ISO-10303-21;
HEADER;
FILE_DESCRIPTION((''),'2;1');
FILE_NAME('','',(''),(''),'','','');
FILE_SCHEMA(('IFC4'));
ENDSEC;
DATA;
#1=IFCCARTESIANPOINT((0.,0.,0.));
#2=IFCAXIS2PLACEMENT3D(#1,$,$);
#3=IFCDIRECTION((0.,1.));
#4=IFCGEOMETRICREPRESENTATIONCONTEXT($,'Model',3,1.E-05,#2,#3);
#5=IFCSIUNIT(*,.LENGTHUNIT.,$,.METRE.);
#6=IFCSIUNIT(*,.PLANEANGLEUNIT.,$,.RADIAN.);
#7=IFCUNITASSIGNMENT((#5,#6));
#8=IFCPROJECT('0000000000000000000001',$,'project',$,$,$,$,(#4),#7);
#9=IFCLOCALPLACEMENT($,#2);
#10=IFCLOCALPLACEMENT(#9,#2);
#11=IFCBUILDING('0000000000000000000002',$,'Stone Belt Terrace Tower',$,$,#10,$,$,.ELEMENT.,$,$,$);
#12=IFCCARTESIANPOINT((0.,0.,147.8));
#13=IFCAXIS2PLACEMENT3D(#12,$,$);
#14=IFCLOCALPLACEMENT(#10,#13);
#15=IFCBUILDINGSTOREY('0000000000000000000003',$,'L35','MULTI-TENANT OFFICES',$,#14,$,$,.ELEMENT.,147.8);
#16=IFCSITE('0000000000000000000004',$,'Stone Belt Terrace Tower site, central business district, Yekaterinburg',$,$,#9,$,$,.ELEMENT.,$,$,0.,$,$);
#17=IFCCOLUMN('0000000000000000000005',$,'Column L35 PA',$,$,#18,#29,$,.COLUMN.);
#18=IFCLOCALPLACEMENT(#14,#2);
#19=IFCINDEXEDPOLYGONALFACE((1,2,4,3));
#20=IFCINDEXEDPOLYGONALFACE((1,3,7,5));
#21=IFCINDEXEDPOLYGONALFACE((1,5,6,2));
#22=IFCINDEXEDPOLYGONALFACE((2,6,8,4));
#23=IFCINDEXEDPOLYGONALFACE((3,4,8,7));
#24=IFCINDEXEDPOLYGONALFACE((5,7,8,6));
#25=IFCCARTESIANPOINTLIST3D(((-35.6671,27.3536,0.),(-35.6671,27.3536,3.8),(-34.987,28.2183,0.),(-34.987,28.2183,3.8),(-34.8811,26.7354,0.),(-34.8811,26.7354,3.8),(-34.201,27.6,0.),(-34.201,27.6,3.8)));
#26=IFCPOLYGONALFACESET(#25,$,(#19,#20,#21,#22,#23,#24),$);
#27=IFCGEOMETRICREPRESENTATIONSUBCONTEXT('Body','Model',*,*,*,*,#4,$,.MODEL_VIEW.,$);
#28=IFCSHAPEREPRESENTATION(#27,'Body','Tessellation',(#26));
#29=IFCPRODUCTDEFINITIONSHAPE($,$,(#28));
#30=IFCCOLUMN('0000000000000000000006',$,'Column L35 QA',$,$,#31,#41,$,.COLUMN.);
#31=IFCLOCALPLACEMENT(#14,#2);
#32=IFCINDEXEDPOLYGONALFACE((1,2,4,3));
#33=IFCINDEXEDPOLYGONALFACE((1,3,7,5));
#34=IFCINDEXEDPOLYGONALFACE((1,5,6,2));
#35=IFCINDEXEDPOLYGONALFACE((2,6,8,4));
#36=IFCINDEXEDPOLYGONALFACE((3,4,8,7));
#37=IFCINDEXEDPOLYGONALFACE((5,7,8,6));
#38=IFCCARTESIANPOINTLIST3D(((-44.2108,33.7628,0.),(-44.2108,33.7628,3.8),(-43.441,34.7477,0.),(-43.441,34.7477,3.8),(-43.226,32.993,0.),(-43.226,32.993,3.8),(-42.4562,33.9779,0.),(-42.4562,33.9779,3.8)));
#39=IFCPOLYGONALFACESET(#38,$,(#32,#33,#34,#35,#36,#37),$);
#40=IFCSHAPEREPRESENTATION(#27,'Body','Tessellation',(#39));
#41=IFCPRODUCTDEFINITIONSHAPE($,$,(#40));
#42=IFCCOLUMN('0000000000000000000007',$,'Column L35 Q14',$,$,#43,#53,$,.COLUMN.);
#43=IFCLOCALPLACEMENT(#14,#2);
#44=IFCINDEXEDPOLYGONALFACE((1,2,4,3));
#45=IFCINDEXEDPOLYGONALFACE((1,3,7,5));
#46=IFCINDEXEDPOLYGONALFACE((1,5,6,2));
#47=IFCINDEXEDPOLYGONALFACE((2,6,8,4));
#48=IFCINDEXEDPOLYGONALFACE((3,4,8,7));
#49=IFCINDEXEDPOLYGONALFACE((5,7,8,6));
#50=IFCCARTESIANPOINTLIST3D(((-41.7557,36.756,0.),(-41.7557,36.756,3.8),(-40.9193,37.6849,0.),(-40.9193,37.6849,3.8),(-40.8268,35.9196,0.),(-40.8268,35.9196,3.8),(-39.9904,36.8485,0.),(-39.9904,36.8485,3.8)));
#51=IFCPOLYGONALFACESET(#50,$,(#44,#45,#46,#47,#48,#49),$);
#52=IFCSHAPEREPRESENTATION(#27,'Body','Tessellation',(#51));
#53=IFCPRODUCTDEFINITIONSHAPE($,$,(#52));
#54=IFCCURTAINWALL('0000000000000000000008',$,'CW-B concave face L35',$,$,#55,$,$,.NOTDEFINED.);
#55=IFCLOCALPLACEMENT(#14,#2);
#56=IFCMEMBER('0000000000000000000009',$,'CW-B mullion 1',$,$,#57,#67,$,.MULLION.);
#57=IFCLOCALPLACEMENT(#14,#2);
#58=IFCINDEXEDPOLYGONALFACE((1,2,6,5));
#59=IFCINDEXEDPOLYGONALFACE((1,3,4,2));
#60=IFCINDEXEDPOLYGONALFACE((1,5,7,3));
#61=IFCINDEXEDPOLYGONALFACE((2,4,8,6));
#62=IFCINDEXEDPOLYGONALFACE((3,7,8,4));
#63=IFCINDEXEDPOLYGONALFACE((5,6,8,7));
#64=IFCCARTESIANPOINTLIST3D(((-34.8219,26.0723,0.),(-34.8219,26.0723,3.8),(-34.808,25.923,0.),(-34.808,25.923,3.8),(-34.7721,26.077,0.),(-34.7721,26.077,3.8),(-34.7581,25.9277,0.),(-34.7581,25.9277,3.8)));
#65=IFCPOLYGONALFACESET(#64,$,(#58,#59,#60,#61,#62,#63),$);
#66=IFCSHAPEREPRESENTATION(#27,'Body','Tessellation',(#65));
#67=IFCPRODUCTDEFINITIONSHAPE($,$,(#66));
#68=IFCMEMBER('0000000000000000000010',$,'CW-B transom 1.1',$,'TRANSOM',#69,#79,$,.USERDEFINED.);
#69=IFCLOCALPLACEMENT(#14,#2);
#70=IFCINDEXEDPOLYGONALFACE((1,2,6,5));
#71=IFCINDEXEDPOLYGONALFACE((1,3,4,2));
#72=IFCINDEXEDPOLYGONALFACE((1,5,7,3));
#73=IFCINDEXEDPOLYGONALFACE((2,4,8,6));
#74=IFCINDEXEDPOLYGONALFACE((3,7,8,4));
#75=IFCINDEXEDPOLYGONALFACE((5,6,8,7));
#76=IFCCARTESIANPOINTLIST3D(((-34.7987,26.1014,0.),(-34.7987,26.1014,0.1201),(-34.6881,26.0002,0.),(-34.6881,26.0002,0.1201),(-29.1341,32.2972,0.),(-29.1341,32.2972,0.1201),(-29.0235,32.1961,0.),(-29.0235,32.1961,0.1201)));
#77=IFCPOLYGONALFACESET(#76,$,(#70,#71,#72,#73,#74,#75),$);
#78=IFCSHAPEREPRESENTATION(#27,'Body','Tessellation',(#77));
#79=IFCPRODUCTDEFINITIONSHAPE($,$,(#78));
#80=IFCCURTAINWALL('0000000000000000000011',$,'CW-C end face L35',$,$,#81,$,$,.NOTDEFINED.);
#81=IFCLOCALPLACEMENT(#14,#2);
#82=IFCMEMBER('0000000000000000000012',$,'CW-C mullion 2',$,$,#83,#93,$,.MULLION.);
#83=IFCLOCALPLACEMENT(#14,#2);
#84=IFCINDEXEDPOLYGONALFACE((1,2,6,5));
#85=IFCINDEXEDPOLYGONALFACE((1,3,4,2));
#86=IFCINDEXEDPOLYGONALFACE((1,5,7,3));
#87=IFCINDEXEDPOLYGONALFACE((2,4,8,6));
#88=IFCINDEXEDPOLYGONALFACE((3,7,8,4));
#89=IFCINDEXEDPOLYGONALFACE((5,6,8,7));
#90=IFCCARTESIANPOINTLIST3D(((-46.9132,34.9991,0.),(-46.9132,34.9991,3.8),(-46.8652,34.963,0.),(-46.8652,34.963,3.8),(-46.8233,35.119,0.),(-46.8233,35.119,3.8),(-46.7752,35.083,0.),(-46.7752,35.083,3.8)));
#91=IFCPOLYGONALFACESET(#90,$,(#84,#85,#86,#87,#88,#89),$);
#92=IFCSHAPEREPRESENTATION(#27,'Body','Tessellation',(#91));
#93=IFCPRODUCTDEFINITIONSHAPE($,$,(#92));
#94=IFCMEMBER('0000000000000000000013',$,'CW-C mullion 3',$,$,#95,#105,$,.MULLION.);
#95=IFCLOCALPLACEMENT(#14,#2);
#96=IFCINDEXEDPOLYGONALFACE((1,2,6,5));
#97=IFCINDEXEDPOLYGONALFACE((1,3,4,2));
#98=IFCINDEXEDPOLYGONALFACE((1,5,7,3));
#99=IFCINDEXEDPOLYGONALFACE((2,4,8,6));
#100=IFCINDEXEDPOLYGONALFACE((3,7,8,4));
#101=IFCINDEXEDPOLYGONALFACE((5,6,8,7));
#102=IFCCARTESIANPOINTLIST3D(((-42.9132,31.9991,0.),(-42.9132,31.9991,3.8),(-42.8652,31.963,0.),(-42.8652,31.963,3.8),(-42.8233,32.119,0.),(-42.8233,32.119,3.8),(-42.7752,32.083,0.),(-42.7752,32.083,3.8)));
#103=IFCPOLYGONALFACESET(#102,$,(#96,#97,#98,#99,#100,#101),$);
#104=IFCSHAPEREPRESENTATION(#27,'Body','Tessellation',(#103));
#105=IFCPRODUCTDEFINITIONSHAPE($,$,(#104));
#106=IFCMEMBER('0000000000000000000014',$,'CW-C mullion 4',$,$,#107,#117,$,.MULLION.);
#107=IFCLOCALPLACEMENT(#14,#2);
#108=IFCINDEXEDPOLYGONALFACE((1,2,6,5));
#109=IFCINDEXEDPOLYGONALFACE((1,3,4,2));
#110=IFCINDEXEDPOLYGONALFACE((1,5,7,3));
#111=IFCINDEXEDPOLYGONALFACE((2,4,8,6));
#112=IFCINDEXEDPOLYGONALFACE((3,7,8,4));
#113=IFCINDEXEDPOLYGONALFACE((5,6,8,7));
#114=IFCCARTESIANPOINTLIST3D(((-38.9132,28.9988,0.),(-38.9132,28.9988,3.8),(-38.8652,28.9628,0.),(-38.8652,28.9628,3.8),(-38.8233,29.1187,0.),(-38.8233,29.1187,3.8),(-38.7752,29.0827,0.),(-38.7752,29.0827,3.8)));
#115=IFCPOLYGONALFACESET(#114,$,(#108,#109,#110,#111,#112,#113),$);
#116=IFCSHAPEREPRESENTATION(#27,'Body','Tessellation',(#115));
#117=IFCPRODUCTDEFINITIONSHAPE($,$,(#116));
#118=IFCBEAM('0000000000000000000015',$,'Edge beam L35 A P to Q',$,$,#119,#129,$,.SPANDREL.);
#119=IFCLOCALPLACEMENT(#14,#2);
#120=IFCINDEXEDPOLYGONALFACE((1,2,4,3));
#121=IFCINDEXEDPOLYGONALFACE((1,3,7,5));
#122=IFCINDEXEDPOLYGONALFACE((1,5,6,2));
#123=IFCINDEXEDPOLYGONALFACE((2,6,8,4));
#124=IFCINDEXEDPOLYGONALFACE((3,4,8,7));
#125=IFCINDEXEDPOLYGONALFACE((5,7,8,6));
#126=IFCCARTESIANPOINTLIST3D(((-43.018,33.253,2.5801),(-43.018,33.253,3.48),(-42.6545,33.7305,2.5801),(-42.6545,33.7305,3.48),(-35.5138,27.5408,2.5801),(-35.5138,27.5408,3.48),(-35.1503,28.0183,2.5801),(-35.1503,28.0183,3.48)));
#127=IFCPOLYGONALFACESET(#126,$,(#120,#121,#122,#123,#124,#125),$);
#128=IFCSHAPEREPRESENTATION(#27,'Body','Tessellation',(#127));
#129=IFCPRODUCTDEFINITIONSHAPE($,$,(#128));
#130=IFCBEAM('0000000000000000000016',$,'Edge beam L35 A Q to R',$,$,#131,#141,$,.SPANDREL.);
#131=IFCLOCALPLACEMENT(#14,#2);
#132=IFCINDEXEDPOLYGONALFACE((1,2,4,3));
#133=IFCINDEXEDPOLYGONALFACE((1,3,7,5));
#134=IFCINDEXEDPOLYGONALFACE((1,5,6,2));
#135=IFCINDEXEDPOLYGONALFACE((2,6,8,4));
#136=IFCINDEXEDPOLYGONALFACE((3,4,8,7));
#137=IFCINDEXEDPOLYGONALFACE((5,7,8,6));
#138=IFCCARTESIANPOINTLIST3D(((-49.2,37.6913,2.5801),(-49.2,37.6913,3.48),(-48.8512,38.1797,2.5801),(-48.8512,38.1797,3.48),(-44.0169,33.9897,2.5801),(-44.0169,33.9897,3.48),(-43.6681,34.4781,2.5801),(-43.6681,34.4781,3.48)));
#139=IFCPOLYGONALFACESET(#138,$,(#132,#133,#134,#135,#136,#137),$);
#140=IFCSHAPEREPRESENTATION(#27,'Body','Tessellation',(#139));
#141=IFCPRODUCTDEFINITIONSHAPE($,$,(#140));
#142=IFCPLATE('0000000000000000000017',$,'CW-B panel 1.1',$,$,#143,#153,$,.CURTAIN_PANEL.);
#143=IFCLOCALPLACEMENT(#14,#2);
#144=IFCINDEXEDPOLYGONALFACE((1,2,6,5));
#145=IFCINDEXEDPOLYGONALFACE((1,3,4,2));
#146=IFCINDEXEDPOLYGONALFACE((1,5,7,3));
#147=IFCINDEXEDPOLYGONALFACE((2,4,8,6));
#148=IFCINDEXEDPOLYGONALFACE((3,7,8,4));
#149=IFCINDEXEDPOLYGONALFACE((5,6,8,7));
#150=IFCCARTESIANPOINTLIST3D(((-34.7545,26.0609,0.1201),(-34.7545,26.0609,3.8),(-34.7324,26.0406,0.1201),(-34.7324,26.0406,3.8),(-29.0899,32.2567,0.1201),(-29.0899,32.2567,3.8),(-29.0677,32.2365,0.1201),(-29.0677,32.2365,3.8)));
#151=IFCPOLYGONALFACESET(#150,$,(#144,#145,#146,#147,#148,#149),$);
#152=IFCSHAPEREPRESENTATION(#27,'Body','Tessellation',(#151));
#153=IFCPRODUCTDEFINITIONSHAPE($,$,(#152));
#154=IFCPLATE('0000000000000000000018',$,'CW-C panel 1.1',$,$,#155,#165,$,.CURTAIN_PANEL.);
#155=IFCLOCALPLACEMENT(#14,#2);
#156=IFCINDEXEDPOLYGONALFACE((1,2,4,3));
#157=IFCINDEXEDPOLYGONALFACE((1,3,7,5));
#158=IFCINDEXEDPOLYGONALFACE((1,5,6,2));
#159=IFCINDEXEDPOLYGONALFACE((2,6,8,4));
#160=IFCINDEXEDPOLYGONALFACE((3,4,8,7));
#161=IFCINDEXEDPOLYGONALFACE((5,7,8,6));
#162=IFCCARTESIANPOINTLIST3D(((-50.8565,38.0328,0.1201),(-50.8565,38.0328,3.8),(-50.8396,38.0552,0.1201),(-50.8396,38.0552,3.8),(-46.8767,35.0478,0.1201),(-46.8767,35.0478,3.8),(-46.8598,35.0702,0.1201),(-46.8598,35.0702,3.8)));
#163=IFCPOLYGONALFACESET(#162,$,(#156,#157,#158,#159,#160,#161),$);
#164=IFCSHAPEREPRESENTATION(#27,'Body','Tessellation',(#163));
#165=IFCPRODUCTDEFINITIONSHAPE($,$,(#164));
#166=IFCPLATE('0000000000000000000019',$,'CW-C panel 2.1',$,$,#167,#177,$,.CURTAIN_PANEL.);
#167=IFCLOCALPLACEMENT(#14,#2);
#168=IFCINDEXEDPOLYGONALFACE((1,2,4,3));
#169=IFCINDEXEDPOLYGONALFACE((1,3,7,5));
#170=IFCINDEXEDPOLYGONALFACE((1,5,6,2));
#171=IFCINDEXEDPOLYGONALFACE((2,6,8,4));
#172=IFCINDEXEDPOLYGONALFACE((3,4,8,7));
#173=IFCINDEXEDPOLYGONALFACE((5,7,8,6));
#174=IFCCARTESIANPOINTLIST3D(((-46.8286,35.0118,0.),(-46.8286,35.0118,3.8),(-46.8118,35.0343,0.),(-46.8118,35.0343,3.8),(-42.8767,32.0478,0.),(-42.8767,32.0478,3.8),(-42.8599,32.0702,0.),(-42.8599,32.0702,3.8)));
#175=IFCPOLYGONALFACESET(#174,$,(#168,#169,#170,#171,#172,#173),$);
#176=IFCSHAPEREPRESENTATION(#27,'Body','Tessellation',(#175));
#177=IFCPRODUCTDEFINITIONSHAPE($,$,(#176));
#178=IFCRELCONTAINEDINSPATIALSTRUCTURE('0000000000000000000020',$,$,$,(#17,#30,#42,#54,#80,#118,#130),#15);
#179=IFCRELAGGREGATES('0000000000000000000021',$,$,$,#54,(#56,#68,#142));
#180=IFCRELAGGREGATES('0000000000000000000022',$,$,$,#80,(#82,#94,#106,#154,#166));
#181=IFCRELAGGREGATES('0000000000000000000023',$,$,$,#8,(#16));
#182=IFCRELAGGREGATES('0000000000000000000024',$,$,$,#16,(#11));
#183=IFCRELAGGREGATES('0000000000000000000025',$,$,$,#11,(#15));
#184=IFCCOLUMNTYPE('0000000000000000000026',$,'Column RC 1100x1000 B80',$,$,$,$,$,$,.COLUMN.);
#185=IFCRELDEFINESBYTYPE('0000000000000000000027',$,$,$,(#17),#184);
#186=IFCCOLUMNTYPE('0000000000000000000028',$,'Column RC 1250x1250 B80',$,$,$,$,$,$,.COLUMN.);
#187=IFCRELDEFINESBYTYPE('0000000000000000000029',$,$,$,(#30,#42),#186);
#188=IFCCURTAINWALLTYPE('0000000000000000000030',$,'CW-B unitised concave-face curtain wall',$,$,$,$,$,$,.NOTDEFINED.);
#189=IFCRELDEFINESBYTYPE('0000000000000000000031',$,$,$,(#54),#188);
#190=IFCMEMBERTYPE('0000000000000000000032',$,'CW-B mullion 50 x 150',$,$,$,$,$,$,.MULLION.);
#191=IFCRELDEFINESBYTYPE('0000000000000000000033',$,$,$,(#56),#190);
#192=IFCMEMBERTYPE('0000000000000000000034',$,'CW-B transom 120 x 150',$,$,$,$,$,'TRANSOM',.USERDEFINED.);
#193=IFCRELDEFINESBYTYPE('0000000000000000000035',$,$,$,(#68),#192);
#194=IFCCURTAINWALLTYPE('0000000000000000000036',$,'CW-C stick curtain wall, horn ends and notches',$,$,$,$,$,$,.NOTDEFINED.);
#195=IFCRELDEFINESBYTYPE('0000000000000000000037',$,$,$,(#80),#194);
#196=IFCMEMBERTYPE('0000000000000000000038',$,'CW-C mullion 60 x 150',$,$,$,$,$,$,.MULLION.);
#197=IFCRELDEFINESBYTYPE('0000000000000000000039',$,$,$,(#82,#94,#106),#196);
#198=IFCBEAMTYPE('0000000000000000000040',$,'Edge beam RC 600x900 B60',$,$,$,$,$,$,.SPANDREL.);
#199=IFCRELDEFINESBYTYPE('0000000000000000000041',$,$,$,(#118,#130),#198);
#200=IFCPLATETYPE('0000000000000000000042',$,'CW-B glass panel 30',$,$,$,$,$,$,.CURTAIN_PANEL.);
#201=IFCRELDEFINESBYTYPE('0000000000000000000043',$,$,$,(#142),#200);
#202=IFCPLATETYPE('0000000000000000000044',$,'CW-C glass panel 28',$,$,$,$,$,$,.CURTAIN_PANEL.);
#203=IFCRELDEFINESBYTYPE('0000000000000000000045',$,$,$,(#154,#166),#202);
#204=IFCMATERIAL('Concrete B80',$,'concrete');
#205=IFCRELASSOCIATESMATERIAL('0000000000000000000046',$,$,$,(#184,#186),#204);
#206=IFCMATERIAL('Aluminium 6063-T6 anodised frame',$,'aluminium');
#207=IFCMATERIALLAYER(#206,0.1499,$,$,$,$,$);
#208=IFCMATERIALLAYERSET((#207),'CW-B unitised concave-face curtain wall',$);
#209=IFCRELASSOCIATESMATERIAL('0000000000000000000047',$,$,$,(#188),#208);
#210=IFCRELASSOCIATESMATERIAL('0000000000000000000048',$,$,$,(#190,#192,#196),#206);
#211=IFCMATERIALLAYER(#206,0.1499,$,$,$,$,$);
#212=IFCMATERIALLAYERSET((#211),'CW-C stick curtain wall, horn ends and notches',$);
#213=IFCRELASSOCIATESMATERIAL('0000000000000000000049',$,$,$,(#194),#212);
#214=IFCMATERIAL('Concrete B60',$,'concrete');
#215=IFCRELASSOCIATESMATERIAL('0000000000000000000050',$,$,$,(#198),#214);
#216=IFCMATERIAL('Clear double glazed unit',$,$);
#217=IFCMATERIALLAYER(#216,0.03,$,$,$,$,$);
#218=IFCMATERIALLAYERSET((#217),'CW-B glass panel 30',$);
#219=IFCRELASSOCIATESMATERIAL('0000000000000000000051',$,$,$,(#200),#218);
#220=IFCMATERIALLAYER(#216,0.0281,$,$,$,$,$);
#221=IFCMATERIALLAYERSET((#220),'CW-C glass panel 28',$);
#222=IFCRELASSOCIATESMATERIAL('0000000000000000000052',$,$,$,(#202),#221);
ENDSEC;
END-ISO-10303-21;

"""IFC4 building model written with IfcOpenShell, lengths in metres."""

from ifc_helpers import new_model, si_unit, direction, frame, origin, origin_2d, place, context, subcontext, project, spatial, rectangle, extrude, material, layer, layer_set, material_profile, profile_set, type_object, element, aggregate, save


model = new_model("IFC4")

# Units and contexts
model_context = context("Model", 3, precision=1e-05, world=origin(), true_north=direction((0.0, 1.0)))
body_context = subcontext(model_context, "Body", "Model", "MODEL_VIEW")
ifc_project = project(units=[si_unit("LENGTHUNIT", "METRE"), si_unit("PLANEANGLEUNIT", "RADIAN")], contexts=[model_context])

# Site, building, storey
site_placement = place(None, origin())
site = spatial("IfcSite", under=ifc_project, at=site_placement, Name="Stone Belt Terrace Tower site, central business district, Yekaterinburg", CompositionType="ELEMENT", RefElevation=0.0)
building_placement = place(site_placement, origin())
building = spatial("IfcBuilding", under=site, at=building_placement, Name="Stone Belt Terrace Tower", CompositionType="ELEMENT")
storey_placement = place(building_placement, frame((0.0, 0.0, 147.8)))
storey = spatial("IfcBuildingStorey", under=building, at=storey_placement, Name="L35", Description="MULTI-TENANT OFFICES", CompositionType="ELEMENT", Elevation=147.8)

# Columns
ifc_material_1 = material(Name="Concrete B80", Category="concrete")
ifc_material_profile_1 = material_profile(ifc_material_1, rectangle(XDim=1.1001, YDim=1.0, at=origin_2d()), Name="RC 1100x1000")
ifc_profile_set_1 = profile_set([ifc_material_profile_1], Name="Concrete B80")
column_type_1 = type_object("IfcColumnType", Name="Column RC 1100x1000 B80", PredefinedType="COLUMN", material=ifc_profile_set_1)
column_placement = place(storey_placement, frame((-34.9341, 27.4768, 0.0), z_axis=(0.0, 0.0, 1.0), x_axis=(0.618218, 0.786007, 0.0)))
element("IfcColumn", 1, at=column_placement, inside=storey, type_object=column_type_1, Name="Column L35 PA", PredefinedType="COLUMN", context=body_context, shape_type="SweptSolid", body=[
    extrude(rectangle(XDim=1.1001, YDim=1.0, at=origin_2d()), origin(), (0.0, 0.0, 1.0), 3.8),
])
ifc_material_profile_2 = material_profile(ifc_material_1, rectangle(XDim=1.25, YDim=1.25, at=origin_2d()), Name="RC 1250x1250")
ifc_profile_set_2 = profile_set([ifc_material_profile_2], Name="Concrete B80")
column_type_2 = type_object("IfcColumnType", Name="Column RC 1250x1250 B80", PredefinedType="COLUMN", material=ifc_profile_set_2)
for number, where, z_axis, x_axis, name in (
    (2, (-43.3335, 33.8704, 0.0), (0.0, 0.0, 1.0), (0.615825, 0.787883, 0.0), "Column L35 QA"),
    (3, (-40.873, 36.8022, 0.0), (0.0, 0.0, 1.0), (0.669131, 0.743145, 0.0), "Column L35 Q14"),
):
    element("IfcColumn", number, at=place(storey_placement, frame(where, z_axis=z_axis, x_axis=x_axis)), inside=storey, type_object=column_type_2, Name=name, PredefinedType="COLUMN", context=body_context, shape_type="SweptSolid", body=[
        extrude(rectangle(XDim=1.25, YDim=1.25, at=origin_2d()), origin(), (0.0, 0.0, 1.0), 3.8),
    ])

# Curtain walls, members
ifc_material_2 = material(Name="Aluminium 6063-T6 anodised frame", Category="aluminium")
ifc_layer_1 = layer(ifc_material_2, 0.1499)
ifc_layer_set_1 = layer_set([ifc_layer_1], Name="CW-B unitised concave-face curtain wall")
curtain_wall_type_1 = type_object("IfcCurtainWallType", Name="CW-B unitised concave-face curtain wall", PredefinedType="NOTDEFINED", material=ifc_layer_set_1)
curtain_wall_1_placement = place(storey_placement, origin())
curtain_wall_1 = element("IfcCurtainWall", 4, at=curtain_wall_1_placement, inside=storey, type_object=curtain_wall_type_1, Name="CW-B concave face L35", PredefinedType="NOTDEFINED")
ifc_material_profile_3 = material_profile(ifc_material_2, rectangle(XDim=0.1499, YDim=0.05, at=origin_2d()), Name="Aluminium 6063-T6 50x150")
ifc_profile_set_3 = profile_set([ifc_material_profile_3], Name="Aluminium 6063-T6 anodised frame")
member_type_1 = type_object("IfcMemberType", Name="CW-B mullion 50 x 150", PredefinedType="MULLION", material=ifc_profile_set_3)
member_1_placement = place(storey_placement, frame((-34.79, 26.0, 0.0), z_axis=(0.0, 0.0, 1.0), x_axis=(-0.093181, 0.995649, 0.0)))
member_1 = element("IfcMember", 5, at=member_1_placement, type_object=member_type_1, Name="CW-B mullion 1", PredefinedType="MULLION", context=body_context, shape_type="SweptSolid", body=[
    extrude(rectangle(XDim=0.1499, YDim=0.05, at=origin_2d()), origin(), (0.0, 0.0, 1.0), 3.8),
])
ifc_material_profile_4 = material_profile(ifc_material_2, rectangle(XDim=0.1499, YDim=0.1201, at=origin_2d()), Name="Aluminium 6063-T6 150x120")
ifc_profile_set_4 = profile_set([ifc_material_profile_4], Name="Aluminium 6063-T6 anodised frame")
member_type_2 = type_object("IfcMemberType", Name="CW-B transom 120 x 150", ElementType="TRANSOM", PredefinedType="USERDEFINED", material=ifc_profile_set_4)
member_2_placement = place(storey_placement, frame((-34.7434, 26.0508, 0.0601), z_axis=(0.674757, 0.73804, 0.0), x_axis=(-0.73804, 0.674757, 0.0)))
member_2 = element("IfcMember", 6, at=member_2_placement, type_object=member_type_2, Name="CW-B transom 1.1", ObjectType="TRANSOM", PredefinedType="USERDEFINED", context=body_context, shape_type="SweptSolid", body=[
    extrude(rectangle(XDim=0.1499, YDim=0.1201, at=origin_2d()), origin(), (0.0, 0.0, 1.0), 8.395),
])
ifc_layer_2 = layer(ifc_material_2, 0.1499)
ifc_layer_set_2 = layer_set([ifc_layer_2], Name="CW-C stick curtain wall, horn ends and notches")
curtain_wall_type_2 = type_object("IfcCurtainWallType", Name="CW-C stick curtain wall, horn ends and notches", PredefinedType="NOTDEFINED", material=ifc_layer_set_2)
curtain_wall_2_placement = place(storey_placement, origin())
curtain_wall_2 = element("IfcCurtainWall", 7, at=curtain_wall_2_placement, inside=storey, type_object=curtain_wall_type_2, Name="CW-C end face L35", PredefinedType="NOTDEFINED")
ifc_material_profile_5 = material_profile(ifc_material_2, rectangle(XDim=0.1499, YDim=0.0601, at=origin_2d()), Name="Aluminium 6063-T6 60x150")
ifc_profile_set_5 = profile_set([ifc_material_profile_5], Name="Aluminium 6063-T6 anodised frame")
member_type_3 = type_object("IfcMemberType", Name="CW-C mullion 60 x 150", PredefinedType="MULLION", material=ifc_profile_set_5)
member_3_placement = place(storey_placement, frame((-46.8442, 35.041, 0.0), z_axis=(0.0, 0.0, 1.0), x_axis=(0.600018, 0.799987, 0.0)))
member_3 = element("IfcMember", 8, at=member_3_placement, type_object=member_type_3, Name="CW-C mullion 2", PredefinedType="MULLION", context=body_context, shape_type="SweptSolid", body=[
    extrude(rectangle(XDim=0.1499, YDim=0.0601, at=origin_2d()), origin(), (0.0, 0.0, 1.0), 3.8),
])
member_4_placement = place(storey_placement, frame((-42.8442, 32.041, 0.0), z_axis=(0.0, 0.0, 1.0), x_axis=(0.600018, 0.799987, 0.0)))
member_4 = element("IfcMember", 9, at=member_4_placement, type_object=member_type_3, Name="CW-C mullion 3", PredefinedType="MULLION", context=body_context, shape_type="SweptSolid", body=[
    extrude(rectangle(XDim=0.1499, YDim=0.0601, at=origin_2d()), origin(), (0.0, 0.0, 1.0), 3.8),
])
member_5_placement = place(storey_placement, frame((-38.8442, 29.0408, 0.0), z_axis=(0.0, 0.0, 1.0), x_axis=(0.600018, 0.799987, 0.0)))
member_5 = element("IfcMember", 10, at=member_5_placement, type_object=member_type_3, Name="CW-C mullion 4", PredefinedType="MULLION", context=body_context, shape_type="SweptSolid", body=[
    extrude(rectangle(XDim=0.1499, YDim=0.0601, at=origin_2d()), origin(), (0.0, 0.0, 1.0), 3.8),
])

# Beams
ifc_material_3 = material(Name="Concrete B60", Category="concrete")
ifc_material_profile_6 = material_profile(ifc_material_3, rectangle(XDim=0.6001, YDim=0.8999, at=origin_2d()), Name="RC 600x900")
ifc_profile_set_6 = profile_set([ifc_material_profile_6], Name="Concrete B60")
beam_type = type_object("IfcBeamType", Name="Edge beam RC 600x900 B60", PredefinedType="SPANDREL", material=ifc_profile_set_6)
beam_1_placement = place(storey_placement, frame((-35.332, 27.7795, 3.03), z_axis=(-0.795702, 0.605688, 0.0), x_axis=(-0.605688, -0.795702, 0.0)))
element("IfcBeam", 11, at=beam_1_placement, inside=storey, type_object=beam_type, Name="Edge beam L35 A P to Q", PredefinedType="SPANDREL", context=body_context, shape_type="SweptSolid", body=[
    extrude(rectangle(XDim=0.6001, YDim=0.8999, at=origin_2d()), origin(), (0.0, 0.0, 1.0), 9.4309),
])
beam_2_placement = place(storey_placement, frame((-43.8425, 34.2339, 3.03), z_axis=(-0.813775, 0.58118, 0.0), x_axis=(-0.58118, -0.813775, 0.0)))
element("IfcBeam", 12, at=beam_2_placement, inside=storey, type_object=beam_type, Name="Edge beam L35 A Q to R", PredefinedType="SPANDREL", context=body_context, shape_type="SweptSolid", body=[
    extrude(rectangle(XDim=0.6001, YDim=0.8999, at=origin_2d()), origin(), (0.0, 0.0, 1.0), 6.3691),
])

# Plates
ifc_material_4 = material(Name="Clear double glazed unit")
ifc_layer_3 = layer(ifc_material_4, 0.03)
ifc_layer_set_3 = layer_set([ifc_layer_3], Name="CW-B glass panel 30")
plate_type_1 = type_object("IfcPlateType", Name="CW-B glass panel 30", PredefinedType="CURTAIN_PANEL", material=ifc_layer_set_3)
plate_1_placement = place(storey_placement, frame((-31.9111, 29.1487, 0.1201), z_axis=(0.0, 0.0, 1.0), x_axis=(0.674761, 0.738036, 0.0)))
plate_1 = element("IfcPlate", 13, at=plate_1_placement, type_object=plate_type_1, Name="CW-B panel 1.1", PredefinedType="CURTAIN_PANEL", context=body_context, shape_type="SweptSolid", body=[
    extrude(rectangle(XDim=8.395, YDim=0.03, at=origin_2d()), origin(), (0.0, 0.0, 1.0), 3.6799),
])
aggregate(curtain_wall_1, [member_1, member_2, plate_1])
ifc_layer_4 = layer(ifc_material_4, 0.0281)
ifc_layer_set_4 = layer_set([ifc_layer_4], Name="CW-C glass panel 28")
plate_type_2 = type_object("IfcPlateType", Name="CW-C glass panel 28", PredefinedType="CURTAIN_PANEL", material=ifc_layer_set_4)
plate_2_placement = place(storey_placement, frame((-48.8582, 36.5515, 0.1201), z_axis=(0.0, 0.0, 1.0), x_axis=(0.799987, -0.600018, 0.0)))
plate_2 = element("IfcPlate", 14, at=plate_2_placement, type_object=plate_type_2, Name="CW-C panel 1.1", PredefinedType="CURTAIN_PANEL", context=body_context, shape_type="SweptSolid", body=[
    extrude(rectangle(XDim=4.9749, YDim=0.0281, at=origin_2d()), origin(), (0.0, 0.0, 1.0), 3.6799),
])
plate_3_placement = place(storey_placement, frame((-44.8442, 33.541, 0.0), z_axis=(0.0, 0.0, 1.0), x_axis=(0.799987, -0.600018, 0.0)))
plate_3 = element("IfcPlate", 15, at=plate_3_placement, type_object=plate_type_2, Name="CW-C panel 2.1", PredefinedType="CURTAIN_PANEL", context=body_context, shape_type="SweptSolid", body=[
    extrude(rectangle(XDim=4.9399, YDim=0.0281, at=origin_2d()), origin(), (0.0, 0.0, 1.0), 3.8),
])
aggregate(curtain_wall_2, [member_3, member_4, member_5, plate_2, plate_3])

save(model, "model.ifc")
